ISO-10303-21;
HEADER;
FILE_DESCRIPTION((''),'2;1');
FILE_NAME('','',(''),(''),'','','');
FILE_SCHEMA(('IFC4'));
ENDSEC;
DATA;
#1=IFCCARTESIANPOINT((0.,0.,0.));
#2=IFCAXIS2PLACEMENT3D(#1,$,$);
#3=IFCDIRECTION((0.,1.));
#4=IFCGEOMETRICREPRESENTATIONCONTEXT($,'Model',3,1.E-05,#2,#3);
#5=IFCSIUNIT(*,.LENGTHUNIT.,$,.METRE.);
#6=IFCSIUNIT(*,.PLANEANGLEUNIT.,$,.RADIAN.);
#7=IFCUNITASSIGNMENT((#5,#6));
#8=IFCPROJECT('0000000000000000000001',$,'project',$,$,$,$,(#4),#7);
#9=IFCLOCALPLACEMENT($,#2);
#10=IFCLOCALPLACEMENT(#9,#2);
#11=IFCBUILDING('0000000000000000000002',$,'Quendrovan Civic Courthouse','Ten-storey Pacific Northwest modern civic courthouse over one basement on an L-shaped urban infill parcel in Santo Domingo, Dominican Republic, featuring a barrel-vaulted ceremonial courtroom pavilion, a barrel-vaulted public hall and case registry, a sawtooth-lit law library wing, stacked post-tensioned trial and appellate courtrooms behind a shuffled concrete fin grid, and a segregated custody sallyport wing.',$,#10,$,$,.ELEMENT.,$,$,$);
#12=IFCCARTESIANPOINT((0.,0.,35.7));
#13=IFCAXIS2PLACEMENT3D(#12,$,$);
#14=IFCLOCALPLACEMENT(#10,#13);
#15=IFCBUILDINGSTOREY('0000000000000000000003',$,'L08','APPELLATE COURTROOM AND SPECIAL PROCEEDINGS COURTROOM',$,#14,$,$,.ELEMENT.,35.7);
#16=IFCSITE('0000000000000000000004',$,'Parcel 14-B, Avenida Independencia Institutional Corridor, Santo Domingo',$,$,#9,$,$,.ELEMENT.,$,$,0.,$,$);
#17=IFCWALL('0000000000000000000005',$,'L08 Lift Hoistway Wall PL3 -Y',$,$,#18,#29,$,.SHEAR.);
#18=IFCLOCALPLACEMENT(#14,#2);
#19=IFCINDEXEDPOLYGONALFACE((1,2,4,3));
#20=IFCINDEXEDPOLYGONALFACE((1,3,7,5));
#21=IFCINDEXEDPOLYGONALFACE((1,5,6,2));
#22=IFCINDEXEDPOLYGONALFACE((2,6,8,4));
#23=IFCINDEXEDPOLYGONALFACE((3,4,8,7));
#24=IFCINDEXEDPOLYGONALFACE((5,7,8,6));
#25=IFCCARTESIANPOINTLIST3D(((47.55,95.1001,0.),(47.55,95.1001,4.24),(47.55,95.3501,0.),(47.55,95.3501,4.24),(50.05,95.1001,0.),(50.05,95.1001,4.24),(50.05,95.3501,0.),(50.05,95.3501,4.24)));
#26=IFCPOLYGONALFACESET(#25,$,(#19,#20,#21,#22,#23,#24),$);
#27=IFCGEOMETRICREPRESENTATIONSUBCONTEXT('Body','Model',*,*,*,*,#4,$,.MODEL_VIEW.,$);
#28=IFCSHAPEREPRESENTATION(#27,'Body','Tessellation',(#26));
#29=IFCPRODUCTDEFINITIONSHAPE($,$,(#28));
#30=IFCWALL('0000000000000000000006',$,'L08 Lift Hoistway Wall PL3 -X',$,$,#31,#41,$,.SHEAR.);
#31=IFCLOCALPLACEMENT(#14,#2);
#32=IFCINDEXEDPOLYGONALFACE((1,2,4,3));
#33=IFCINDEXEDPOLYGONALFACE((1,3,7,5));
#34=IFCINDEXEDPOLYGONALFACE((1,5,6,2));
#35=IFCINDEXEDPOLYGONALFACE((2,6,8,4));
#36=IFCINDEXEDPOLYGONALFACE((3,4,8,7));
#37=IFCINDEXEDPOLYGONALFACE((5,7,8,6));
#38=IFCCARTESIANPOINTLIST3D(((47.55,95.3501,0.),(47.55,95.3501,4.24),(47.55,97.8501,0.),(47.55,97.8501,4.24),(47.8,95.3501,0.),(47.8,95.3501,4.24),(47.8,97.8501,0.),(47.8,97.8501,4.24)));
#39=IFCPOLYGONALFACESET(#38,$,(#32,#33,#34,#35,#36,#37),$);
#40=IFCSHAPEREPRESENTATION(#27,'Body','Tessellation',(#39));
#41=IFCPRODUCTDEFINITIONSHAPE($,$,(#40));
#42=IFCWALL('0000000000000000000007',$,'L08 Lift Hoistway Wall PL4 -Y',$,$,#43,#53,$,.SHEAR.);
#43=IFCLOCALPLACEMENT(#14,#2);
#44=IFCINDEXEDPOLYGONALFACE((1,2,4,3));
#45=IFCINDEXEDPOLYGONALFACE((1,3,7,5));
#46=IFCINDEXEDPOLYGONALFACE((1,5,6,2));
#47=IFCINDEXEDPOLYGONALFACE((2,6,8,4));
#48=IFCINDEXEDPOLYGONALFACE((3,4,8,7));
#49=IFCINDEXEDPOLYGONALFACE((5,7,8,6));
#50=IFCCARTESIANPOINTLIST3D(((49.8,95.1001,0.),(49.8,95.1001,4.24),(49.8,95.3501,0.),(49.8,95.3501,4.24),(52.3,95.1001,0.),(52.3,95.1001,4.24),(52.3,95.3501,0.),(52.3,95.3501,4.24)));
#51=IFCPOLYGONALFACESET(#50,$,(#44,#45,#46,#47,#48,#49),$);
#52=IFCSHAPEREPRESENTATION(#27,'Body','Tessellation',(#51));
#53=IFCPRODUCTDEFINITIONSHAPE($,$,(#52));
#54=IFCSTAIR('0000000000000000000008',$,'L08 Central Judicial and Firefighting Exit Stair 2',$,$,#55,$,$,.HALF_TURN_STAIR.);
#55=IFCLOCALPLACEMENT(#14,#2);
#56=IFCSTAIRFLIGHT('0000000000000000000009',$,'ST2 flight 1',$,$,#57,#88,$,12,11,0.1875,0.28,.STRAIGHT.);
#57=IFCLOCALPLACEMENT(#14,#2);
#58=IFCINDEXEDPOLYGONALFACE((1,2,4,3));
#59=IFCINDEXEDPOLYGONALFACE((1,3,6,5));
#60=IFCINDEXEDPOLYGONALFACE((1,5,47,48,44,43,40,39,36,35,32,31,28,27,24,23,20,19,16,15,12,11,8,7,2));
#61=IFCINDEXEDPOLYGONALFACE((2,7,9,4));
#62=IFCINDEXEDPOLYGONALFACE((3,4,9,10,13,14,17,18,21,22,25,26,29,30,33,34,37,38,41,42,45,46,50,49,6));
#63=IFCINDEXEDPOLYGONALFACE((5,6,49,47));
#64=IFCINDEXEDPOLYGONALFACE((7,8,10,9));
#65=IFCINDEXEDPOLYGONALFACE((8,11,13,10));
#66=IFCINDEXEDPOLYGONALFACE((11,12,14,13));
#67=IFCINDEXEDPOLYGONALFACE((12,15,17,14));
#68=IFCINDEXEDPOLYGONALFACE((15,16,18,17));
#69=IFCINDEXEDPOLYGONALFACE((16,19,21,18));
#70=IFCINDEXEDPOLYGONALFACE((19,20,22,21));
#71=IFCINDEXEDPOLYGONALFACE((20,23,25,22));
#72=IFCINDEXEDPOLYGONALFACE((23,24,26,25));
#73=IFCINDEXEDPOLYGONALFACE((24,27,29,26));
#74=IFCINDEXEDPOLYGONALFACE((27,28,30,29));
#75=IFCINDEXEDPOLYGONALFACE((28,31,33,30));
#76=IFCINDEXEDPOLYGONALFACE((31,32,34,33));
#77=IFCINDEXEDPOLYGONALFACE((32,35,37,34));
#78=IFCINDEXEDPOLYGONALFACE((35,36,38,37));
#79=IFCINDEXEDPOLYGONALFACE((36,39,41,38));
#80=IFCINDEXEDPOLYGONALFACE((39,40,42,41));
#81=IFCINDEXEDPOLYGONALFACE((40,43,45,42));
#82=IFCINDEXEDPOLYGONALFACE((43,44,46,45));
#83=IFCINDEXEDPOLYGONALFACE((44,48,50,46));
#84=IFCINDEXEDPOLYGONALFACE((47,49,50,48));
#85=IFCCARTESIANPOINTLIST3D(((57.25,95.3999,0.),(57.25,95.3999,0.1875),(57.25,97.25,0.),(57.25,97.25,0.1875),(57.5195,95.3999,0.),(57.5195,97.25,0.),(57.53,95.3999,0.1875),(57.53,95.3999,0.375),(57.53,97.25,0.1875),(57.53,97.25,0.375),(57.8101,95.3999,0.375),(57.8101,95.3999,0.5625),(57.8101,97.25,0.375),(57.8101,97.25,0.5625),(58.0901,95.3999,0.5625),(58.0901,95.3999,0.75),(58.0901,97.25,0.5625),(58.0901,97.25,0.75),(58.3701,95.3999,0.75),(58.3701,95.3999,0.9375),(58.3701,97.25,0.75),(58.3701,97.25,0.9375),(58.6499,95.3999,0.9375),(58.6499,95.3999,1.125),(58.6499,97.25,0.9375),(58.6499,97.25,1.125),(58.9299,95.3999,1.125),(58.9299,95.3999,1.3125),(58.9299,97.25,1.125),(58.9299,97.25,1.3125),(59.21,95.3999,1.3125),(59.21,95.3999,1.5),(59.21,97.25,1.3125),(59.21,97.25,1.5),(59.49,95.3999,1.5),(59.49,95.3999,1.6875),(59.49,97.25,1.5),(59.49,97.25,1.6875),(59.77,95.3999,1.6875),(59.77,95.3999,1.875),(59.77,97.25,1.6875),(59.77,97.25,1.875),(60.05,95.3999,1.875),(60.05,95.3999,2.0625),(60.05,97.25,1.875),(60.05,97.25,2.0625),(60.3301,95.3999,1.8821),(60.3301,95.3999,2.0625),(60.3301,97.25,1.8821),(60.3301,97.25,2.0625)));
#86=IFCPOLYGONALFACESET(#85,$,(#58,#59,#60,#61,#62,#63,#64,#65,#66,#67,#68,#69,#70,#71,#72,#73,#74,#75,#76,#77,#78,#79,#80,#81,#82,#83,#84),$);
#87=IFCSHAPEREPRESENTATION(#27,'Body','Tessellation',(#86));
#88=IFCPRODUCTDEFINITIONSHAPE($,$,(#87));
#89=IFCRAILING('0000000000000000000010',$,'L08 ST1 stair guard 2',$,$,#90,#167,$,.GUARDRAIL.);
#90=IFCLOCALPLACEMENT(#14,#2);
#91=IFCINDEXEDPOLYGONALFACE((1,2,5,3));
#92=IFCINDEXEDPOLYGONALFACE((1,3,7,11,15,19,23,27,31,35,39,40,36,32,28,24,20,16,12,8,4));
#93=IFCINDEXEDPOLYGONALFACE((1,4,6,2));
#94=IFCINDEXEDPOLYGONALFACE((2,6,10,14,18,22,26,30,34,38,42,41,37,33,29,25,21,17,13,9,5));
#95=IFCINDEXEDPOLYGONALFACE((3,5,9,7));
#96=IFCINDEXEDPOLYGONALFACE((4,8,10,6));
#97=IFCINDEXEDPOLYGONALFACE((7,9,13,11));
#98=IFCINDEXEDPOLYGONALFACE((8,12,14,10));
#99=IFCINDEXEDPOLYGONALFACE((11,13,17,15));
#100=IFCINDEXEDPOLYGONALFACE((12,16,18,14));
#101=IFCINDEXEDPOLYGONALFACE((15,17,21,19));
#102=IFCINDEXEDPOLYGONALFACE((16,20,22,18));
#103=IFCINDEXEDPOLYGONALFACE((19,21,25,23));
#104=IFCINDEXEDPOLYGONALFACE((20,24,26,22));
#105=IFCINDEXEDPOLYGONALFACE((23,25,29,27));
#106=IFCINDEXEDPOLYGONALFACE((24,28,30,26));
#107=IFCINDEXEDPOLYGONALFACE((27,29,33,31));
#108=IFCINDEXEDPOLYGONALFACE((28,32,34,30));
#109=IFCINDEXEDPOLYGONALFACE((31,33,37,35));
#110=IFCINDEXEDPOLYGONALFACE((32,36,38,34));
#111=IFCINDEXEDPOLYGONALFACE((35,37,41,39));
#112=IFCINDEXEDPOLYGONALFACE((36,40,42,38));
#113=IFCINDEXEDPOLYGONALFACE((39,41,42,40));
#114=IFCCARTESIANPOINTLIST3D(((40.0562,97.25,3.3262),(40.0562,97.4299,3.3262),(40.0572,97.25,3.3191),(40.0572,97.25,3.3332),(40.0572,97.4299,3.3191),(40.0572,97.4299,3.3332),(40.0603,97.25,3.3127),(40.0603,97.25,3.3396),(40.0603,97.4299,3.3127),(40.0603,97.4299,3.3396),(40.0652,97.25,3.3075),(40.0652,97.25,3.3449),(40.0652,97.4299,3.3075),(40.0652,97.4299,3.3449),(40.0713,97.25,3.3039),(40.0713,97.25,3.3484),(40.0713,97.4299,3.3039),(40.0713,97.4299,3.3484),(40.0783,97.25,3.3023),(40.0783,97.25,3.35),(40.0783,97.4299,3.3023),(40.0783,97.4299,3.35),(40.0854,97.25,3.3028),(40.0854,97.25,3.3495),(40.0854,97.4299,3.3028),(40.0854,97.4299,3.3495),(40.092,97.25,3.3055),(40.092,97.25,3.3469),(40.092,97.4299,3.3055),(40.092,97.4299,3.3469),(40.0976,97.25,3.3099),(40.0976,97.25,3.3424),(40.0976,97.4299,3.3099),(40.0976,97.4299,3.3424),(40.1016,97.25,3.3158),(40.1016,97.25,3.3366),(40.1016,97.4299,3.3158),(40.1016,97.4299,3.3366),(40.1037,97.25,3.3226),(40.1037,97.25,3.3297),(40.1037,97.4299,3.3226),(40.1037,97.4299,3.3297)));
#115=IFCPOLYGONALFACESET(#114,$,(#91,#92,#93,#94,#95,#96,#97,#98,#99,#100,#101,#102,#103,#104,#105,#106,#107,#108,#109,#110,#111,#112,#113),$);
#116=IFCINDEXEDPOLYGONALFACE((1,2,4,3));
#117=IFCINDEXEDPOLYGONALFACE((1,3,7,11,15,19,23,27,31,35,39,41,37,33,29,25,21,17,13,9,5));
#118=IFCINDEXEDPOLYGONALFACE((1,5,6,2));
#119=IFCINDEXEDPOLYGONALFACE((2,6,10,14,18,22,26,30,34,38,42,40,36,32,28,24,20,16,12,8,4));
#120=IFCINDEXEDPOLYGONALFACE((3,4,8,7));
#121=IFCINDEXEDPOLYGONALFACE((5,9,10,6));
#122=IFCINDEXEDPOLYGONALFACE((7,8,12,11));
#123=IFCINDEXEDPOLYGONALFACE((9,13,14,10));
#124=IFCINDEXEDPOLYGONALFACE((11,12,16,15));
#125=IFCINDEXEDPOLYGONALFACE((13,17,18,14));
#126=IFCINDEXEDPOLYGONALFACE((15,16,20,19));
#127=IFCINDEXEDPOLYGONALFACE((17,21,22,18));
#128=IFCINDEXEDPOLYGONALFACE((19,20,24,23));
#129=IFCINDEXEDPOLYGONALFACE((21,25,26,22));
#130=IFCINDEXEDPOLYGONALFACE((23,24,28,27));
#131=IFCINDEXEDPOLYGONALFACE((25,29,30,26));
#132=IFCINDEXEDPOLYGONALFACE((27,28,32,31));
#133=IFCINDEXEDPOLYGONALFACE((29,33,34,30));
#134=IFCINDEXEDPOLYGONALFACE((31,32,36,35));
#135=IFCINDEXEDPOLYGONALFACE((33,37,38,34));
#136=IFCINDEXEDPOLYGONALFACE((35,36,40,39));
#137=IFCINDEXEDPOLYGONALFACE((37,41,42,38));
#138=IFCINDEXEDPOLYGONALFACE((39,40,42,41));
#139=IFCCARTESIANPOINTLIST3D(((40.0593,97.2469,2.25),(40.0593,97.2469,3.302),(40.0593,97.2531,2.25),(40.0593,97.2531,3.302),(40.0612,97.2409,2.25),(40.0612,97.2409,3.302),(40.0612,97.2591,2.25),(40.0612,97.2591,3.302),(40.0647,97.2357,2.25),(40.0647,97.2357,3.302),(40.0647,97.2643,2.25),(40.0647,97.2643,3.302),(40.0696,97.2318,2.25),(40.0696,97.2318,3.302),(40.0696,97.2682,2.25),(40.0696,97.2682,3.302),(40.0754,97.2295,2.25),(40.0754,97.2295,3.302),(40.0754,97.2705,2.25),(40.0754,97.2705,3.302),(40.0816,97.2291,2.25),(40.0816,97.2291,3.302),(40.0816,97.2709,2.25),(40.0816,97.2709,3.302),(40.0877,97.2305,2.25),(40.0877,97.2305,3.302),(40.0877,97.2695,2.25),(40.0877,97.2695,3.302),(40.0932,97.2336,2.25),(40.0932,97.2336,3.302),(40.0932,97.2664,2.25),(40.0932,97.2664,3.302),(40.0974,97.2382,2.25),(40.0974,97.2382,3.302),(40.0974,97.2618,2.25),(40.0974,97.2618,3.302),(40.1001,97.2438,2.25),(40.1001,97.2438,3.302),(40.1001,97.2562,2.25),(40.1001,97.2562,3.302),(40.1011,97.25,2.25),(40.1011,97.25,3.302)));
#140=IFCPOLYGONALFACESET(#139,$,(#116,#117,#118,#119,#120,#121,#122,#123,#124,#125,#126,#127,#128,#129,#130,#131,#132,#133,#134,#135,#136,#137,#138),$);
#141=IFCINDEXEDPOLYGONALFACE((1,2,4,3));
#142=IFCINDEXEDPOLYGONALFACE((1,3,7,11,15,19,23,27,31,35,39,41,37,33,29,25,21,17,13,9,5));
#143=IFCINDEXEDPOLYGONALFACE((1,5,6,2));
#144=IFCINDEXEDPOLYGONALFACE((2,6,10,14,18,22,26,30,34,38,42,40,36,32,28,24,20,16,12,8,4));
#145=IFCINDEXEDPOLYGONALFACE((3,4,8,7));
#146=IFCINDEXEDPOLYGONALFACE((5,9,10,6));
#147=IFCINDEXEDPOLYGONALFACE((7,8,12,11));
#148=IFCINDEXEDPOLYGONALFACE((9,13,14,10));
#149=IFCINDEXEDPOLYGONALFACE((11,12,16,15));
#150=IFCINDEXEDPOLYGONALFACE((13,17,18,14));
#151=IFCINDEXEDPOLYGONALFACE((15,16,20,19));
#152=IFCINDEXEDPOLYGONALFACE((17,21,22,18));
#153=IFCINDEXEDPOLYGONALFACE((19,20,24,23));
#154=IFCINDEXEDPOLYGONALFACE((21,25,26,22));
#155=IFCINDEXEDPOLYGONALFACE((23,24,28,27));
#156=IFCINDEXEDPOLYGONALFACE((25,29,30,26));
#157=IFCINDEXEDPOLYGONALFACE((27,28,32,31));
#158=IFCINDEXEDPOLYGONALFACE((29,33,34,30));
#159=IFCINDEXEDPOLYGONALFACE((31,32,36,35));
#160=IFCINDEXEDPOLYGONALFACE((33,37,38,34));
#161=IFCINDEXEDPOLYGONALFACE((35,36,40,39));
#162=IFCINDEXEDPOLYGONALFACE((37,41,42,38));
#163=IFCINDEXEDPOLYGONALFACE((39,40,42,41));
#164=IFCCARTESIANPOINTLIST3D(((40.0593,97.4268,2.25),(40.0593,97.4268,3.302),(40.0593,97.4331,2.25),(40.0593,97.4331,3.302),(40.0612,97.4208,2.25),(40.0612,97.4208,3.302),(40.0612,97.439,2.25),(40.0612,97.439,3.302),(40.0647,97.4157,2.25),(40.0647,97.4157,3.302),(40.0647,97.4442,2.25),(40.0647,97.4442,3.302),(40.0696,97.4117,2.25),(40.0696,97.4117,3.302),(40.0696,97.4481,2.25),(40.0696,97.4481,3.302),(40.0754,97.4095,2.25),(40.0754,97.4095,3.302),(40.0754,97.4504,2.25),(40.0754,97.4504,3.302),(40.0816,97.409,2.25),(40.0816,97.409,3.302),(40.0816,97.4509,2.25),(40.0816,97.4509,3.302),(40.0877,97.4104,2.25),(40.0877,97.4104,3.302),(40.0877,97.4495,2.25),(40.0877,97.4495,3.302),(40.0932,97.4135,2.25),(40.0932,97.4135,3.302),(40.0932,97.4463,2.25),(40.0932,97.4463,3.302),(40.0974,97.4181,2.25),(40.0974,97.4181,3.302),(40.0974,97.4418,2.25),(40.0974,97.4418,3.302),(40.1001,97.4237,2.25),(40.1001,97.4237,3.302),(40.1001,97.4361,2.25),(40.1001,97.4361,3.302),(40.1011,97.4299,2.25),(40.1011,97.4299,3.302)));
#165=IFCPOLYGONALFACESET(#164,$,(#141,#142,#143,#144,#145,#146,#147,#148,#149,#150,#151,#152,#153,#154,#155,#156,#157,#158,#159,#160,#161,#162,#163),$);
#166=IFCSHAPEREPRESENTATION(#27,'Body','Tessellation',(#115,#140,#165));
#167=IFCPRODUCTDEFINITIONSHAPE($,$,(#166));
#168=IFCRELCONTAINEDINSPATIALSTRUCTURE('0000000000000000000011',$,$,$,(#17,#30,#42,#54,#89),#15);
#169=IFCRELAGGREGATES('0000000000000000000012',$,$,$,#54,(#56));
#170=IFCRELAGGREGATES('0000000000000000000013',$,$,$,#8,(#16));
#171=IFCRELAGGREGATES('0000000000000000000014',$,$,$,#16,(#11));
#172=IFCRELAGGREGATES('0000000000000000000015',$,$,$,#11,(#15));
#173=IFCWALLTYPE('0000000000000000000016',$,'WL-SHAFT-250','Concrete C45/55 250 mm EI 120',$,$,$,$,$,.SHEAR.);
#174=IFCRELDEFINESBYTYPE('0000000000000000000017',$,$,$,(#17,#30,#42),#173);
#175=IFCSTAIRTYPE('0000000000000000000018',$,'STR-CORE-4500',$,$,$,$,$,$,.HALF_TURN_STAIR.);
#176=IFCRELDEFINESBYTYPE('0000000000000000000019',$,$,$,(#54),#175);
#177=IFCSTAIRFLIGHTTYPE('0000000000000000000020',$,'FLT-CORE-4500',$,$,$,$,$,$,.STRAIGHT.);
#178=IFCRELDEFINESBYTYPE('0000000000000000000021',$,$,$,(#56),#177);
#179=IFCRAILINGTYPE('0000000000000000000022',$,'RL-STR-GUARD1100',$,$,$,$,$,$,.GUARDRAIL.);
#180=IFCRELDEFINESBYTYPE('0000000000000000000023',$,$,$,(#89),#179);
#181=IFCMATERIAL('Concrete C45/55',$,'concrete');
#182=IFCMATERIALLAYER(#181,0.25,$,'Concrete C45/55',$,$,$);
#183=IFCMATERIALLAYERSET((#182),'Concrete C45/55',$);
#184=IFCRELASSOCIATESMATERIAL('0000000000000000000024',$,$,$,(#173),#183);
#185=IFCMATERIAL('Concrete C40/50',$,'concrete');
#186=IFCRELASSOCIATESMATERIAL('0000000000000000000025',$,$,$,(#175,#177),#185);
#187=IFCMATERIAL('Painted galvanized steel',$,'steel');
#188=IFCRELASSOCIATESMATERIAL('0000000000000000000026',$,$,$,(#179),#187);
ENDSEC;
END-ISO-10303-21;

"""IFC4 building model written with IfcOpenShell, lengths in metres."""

from ifc_helpers import new_model, si_unit, direction, frame, frame_2d, origin, origin_2d, place, context, subcontext, project, spatial, polyline, rectangle, circle, outline, extrude, material, layer, layer_set, type_object, element, aggregate, save


model = new_model("IFC4")

# Units and contexts
model_context = context("Model", 3, precision=1e-05, world=origin(), true_north=direction((0.0, 1.0)))
body_context = subcontext(model_context, "Body", "Model", "MODEL_VIEW")
ifc_project = project(units=[si_unit("LENGTHUNIT", "METRE"), si_unit("PLANEANGLEUNIT", "RADIAN")], contexts=[model_context])

# Site, building, storey
site_placement = place(None, origin())
site = spatial("IfcSite", under=ifc_project, at=site_placement, Name="Parcel 14-B, Avenida Independencia Institutional Corridor, Santo Domingo", CompositionType="ELEMENT", RefElevation=0.0)
building_placement = place(site_placement, origin())
building = spatial("IfcBuilding", under=site, at=building_placement, Name="Quendrovan Civic Courthouse", Description="Ten-storey Pacific Northwest modern civic courthouse over one basement on an L-shaped urban infill parcel in Santo Domingo, Dominican Republic, featuring a barrel-vaulted ceremonial courtroom pavilion, a barrel-vaulted public hall and case registry, a sawtooth-lit law library wing, stacked post-tensioned trial and appellate courtrooms behind a shuffled concrete fin grid, and a segregated custody sallyport wing.", CompositionType="ELEMENT")
storey_placement = place(building_placement, frame((0.0, 0.0, 35.7)))
storey = spatial("IfcBuildingStorey", under=building, at=storey_placement, Name="L08", Description="APPELLATE COURTROOM AND SPECIAL PROCEEDINGS COURTROOM", CompositionType="ELEMENT", Elevation=35.7)

# Shared definitions
ifc_material_1 = material(Name="Concrete C40/50", Category="concrete")

# Shared definitions
ifc_material_2 = material(Name="Concrete C45/55", Category="concrete")

# Walls
ifc_layer_1 = layer(ifc_material_2, 0.25, Name="Concrete C45/55")
ifc_layer_set_1 = layer_set([ifc_layer_1], Name="Concrete C45/55")
wall_type_1 = type_object("IfcWallType", Name="WL-SHAFT-250", Description="Concrete C45/55 250 mm EI 120", PredefinedType="SHEAR", material=ifc_layer_set_1)
for number, where, z_axis, x_axis, name in (
    (1, (47.55, 95.2251, 0.0), (0.0, 0.0, 1.0), (1.0, 0.0, 0.0), "L08 Lift Hoistway Wall PL3 -Y"),
    (2, (47.675, 95.3501, 0.0), (0.0, 0.0, 1.0), (0.0, 1.0, 0.0), "L08 Lift Hoistway Wall PL3 -X"),
    (3, (49.8, 95.2251, 0.0), (0.0, 0.0, 1.0), (1.0, 0.0, 0.0), "L08 Lift Hoistway Wall PL4 -Y"),
):
    element("IfcWall", number, at=place(storey_placement, frame(where, z_axis=z_axis, x_axis=x_axis)), inside=storey, type_object=wall_type_1, Name=name, PredefinedType="SHEAR", context=body_context, shape_type="SweptSolid", body=[
        extrude(rectangle(XDim=2.5, YDim=0.25, at=frame_2d((1.25, 0.0))), origin(), (0.0, 0.0, 1.0), 4.24),
    ])

# Stair, stair flight
stair_type = type_object("IfcStairType", Name="STR-CORE-4500", PredefinedType="HALF_TURN_STAIR", material=ifc_material_1)
stair_placement = place(storey_placement, origin())
stair = element("IfcStair", 4, at=stair_placement, inside=storey, type_object=stair_type, Name="L08 Central Judicial and Firefighting Exit Stair 2", PredefinedType="HALF_TURN_STAIR")
stair_flight_type = type_object("IfcStairFlightType", Name="FLT-CORE-4500", PredefinedType="STRAIGHT", material=ifc_material_1)
stair_flight_placement = place(storey_placement, frame((57.25, 96.325, 0.0), z_axis=(0.0, 0.0, 1.0), x_axis=(1.0, 0.0, 0.0)))
stair_flight = element("IfcStairFlight", 5, at=stair_flight_placement, type_object=stair_flight_type, Name="ST2 flight 1", NumberOfRisers=12, NumberOfTreads=11, PredefinedType="STRAIGHT", RiserHeight=0.1875, TreadLength=0.28, context=body_context, shape_type="SweptSolid", body=[
    extrude(outline(polyline([(0.0, 0.0), (0.0, 0.1875), (0.28, 0.1875), (0.28, 0.375), (0.5601, 0.375), (0.5601, 0.5625), (0.8401, 0.5625), (0.8401, 0.75), (1.1201, 0.75), (1.1201, 0.9375), (1.3999, 0.9375), (1.3999, 1.125), (1.6799, 1.125), (1.6799, 1.3125), (1.96, 1.3125), (1.96, 1.5), (2.24, 1.5), (2.24, 1.6875), (2.52, 1.6875), (2.52, 1.875), (2.8, 1.875), (2.8, 2.0625), (3.0801, 2.0625), (3.0801, 2.25), (3.0801, 1.8821), (0.2695, 0.0), (0.0, 0.0)])), frame((0.0, 0.925, 0.0), z_axis=(0.0, -1.0, 0.0), x_axis=(1.0, 0.0, 0.0)), (0.0, 0.0, 1.0), 1.8501),
])
aggregate(stair, [stair_flight])

# Railing
ifc_material_3 = material(Name="Painted galvanized steel", Category="steel")
railing_type_1 = type_object("IfcRailingType", Name="RL-STR-GUARD1100", PredefinedType="GUARDRAIL", material=ifc_material_3)
railing_1_placement = place(storey_placement, frame((40.0801, 97.25, 2.25)))
element("IfcRailing", 6, at=railing_1_placement, inside=storey, type_object=railing_type_1, Name="L08 ST1 stair guard 2", PredefinedType="GUARDRAIL", context=body_context, shape_type="SweptSolid", body=[
    extrude(circle(Radius=0.0239, at=origin_2d()), frame((0.0, 0.0, 1.0762), z_axis=(0.0, 1.0, 0.0), x_axis=(-1.0, 0.0, 0.0)), (0.0, 0.0, 1.0), 0.1799),
    extrude(circle(Radius=0.021, at=origin_2d()), origin(), (0.0, 0.0, 1.0), 1.052),
    extrude(circle(Radius=0.021, at=origin_2d()), frame((0.0, 0.1799, 0.0)), (0.0, 0.0, 1.0), 1.052),
])

save(model, "model.ifc")
